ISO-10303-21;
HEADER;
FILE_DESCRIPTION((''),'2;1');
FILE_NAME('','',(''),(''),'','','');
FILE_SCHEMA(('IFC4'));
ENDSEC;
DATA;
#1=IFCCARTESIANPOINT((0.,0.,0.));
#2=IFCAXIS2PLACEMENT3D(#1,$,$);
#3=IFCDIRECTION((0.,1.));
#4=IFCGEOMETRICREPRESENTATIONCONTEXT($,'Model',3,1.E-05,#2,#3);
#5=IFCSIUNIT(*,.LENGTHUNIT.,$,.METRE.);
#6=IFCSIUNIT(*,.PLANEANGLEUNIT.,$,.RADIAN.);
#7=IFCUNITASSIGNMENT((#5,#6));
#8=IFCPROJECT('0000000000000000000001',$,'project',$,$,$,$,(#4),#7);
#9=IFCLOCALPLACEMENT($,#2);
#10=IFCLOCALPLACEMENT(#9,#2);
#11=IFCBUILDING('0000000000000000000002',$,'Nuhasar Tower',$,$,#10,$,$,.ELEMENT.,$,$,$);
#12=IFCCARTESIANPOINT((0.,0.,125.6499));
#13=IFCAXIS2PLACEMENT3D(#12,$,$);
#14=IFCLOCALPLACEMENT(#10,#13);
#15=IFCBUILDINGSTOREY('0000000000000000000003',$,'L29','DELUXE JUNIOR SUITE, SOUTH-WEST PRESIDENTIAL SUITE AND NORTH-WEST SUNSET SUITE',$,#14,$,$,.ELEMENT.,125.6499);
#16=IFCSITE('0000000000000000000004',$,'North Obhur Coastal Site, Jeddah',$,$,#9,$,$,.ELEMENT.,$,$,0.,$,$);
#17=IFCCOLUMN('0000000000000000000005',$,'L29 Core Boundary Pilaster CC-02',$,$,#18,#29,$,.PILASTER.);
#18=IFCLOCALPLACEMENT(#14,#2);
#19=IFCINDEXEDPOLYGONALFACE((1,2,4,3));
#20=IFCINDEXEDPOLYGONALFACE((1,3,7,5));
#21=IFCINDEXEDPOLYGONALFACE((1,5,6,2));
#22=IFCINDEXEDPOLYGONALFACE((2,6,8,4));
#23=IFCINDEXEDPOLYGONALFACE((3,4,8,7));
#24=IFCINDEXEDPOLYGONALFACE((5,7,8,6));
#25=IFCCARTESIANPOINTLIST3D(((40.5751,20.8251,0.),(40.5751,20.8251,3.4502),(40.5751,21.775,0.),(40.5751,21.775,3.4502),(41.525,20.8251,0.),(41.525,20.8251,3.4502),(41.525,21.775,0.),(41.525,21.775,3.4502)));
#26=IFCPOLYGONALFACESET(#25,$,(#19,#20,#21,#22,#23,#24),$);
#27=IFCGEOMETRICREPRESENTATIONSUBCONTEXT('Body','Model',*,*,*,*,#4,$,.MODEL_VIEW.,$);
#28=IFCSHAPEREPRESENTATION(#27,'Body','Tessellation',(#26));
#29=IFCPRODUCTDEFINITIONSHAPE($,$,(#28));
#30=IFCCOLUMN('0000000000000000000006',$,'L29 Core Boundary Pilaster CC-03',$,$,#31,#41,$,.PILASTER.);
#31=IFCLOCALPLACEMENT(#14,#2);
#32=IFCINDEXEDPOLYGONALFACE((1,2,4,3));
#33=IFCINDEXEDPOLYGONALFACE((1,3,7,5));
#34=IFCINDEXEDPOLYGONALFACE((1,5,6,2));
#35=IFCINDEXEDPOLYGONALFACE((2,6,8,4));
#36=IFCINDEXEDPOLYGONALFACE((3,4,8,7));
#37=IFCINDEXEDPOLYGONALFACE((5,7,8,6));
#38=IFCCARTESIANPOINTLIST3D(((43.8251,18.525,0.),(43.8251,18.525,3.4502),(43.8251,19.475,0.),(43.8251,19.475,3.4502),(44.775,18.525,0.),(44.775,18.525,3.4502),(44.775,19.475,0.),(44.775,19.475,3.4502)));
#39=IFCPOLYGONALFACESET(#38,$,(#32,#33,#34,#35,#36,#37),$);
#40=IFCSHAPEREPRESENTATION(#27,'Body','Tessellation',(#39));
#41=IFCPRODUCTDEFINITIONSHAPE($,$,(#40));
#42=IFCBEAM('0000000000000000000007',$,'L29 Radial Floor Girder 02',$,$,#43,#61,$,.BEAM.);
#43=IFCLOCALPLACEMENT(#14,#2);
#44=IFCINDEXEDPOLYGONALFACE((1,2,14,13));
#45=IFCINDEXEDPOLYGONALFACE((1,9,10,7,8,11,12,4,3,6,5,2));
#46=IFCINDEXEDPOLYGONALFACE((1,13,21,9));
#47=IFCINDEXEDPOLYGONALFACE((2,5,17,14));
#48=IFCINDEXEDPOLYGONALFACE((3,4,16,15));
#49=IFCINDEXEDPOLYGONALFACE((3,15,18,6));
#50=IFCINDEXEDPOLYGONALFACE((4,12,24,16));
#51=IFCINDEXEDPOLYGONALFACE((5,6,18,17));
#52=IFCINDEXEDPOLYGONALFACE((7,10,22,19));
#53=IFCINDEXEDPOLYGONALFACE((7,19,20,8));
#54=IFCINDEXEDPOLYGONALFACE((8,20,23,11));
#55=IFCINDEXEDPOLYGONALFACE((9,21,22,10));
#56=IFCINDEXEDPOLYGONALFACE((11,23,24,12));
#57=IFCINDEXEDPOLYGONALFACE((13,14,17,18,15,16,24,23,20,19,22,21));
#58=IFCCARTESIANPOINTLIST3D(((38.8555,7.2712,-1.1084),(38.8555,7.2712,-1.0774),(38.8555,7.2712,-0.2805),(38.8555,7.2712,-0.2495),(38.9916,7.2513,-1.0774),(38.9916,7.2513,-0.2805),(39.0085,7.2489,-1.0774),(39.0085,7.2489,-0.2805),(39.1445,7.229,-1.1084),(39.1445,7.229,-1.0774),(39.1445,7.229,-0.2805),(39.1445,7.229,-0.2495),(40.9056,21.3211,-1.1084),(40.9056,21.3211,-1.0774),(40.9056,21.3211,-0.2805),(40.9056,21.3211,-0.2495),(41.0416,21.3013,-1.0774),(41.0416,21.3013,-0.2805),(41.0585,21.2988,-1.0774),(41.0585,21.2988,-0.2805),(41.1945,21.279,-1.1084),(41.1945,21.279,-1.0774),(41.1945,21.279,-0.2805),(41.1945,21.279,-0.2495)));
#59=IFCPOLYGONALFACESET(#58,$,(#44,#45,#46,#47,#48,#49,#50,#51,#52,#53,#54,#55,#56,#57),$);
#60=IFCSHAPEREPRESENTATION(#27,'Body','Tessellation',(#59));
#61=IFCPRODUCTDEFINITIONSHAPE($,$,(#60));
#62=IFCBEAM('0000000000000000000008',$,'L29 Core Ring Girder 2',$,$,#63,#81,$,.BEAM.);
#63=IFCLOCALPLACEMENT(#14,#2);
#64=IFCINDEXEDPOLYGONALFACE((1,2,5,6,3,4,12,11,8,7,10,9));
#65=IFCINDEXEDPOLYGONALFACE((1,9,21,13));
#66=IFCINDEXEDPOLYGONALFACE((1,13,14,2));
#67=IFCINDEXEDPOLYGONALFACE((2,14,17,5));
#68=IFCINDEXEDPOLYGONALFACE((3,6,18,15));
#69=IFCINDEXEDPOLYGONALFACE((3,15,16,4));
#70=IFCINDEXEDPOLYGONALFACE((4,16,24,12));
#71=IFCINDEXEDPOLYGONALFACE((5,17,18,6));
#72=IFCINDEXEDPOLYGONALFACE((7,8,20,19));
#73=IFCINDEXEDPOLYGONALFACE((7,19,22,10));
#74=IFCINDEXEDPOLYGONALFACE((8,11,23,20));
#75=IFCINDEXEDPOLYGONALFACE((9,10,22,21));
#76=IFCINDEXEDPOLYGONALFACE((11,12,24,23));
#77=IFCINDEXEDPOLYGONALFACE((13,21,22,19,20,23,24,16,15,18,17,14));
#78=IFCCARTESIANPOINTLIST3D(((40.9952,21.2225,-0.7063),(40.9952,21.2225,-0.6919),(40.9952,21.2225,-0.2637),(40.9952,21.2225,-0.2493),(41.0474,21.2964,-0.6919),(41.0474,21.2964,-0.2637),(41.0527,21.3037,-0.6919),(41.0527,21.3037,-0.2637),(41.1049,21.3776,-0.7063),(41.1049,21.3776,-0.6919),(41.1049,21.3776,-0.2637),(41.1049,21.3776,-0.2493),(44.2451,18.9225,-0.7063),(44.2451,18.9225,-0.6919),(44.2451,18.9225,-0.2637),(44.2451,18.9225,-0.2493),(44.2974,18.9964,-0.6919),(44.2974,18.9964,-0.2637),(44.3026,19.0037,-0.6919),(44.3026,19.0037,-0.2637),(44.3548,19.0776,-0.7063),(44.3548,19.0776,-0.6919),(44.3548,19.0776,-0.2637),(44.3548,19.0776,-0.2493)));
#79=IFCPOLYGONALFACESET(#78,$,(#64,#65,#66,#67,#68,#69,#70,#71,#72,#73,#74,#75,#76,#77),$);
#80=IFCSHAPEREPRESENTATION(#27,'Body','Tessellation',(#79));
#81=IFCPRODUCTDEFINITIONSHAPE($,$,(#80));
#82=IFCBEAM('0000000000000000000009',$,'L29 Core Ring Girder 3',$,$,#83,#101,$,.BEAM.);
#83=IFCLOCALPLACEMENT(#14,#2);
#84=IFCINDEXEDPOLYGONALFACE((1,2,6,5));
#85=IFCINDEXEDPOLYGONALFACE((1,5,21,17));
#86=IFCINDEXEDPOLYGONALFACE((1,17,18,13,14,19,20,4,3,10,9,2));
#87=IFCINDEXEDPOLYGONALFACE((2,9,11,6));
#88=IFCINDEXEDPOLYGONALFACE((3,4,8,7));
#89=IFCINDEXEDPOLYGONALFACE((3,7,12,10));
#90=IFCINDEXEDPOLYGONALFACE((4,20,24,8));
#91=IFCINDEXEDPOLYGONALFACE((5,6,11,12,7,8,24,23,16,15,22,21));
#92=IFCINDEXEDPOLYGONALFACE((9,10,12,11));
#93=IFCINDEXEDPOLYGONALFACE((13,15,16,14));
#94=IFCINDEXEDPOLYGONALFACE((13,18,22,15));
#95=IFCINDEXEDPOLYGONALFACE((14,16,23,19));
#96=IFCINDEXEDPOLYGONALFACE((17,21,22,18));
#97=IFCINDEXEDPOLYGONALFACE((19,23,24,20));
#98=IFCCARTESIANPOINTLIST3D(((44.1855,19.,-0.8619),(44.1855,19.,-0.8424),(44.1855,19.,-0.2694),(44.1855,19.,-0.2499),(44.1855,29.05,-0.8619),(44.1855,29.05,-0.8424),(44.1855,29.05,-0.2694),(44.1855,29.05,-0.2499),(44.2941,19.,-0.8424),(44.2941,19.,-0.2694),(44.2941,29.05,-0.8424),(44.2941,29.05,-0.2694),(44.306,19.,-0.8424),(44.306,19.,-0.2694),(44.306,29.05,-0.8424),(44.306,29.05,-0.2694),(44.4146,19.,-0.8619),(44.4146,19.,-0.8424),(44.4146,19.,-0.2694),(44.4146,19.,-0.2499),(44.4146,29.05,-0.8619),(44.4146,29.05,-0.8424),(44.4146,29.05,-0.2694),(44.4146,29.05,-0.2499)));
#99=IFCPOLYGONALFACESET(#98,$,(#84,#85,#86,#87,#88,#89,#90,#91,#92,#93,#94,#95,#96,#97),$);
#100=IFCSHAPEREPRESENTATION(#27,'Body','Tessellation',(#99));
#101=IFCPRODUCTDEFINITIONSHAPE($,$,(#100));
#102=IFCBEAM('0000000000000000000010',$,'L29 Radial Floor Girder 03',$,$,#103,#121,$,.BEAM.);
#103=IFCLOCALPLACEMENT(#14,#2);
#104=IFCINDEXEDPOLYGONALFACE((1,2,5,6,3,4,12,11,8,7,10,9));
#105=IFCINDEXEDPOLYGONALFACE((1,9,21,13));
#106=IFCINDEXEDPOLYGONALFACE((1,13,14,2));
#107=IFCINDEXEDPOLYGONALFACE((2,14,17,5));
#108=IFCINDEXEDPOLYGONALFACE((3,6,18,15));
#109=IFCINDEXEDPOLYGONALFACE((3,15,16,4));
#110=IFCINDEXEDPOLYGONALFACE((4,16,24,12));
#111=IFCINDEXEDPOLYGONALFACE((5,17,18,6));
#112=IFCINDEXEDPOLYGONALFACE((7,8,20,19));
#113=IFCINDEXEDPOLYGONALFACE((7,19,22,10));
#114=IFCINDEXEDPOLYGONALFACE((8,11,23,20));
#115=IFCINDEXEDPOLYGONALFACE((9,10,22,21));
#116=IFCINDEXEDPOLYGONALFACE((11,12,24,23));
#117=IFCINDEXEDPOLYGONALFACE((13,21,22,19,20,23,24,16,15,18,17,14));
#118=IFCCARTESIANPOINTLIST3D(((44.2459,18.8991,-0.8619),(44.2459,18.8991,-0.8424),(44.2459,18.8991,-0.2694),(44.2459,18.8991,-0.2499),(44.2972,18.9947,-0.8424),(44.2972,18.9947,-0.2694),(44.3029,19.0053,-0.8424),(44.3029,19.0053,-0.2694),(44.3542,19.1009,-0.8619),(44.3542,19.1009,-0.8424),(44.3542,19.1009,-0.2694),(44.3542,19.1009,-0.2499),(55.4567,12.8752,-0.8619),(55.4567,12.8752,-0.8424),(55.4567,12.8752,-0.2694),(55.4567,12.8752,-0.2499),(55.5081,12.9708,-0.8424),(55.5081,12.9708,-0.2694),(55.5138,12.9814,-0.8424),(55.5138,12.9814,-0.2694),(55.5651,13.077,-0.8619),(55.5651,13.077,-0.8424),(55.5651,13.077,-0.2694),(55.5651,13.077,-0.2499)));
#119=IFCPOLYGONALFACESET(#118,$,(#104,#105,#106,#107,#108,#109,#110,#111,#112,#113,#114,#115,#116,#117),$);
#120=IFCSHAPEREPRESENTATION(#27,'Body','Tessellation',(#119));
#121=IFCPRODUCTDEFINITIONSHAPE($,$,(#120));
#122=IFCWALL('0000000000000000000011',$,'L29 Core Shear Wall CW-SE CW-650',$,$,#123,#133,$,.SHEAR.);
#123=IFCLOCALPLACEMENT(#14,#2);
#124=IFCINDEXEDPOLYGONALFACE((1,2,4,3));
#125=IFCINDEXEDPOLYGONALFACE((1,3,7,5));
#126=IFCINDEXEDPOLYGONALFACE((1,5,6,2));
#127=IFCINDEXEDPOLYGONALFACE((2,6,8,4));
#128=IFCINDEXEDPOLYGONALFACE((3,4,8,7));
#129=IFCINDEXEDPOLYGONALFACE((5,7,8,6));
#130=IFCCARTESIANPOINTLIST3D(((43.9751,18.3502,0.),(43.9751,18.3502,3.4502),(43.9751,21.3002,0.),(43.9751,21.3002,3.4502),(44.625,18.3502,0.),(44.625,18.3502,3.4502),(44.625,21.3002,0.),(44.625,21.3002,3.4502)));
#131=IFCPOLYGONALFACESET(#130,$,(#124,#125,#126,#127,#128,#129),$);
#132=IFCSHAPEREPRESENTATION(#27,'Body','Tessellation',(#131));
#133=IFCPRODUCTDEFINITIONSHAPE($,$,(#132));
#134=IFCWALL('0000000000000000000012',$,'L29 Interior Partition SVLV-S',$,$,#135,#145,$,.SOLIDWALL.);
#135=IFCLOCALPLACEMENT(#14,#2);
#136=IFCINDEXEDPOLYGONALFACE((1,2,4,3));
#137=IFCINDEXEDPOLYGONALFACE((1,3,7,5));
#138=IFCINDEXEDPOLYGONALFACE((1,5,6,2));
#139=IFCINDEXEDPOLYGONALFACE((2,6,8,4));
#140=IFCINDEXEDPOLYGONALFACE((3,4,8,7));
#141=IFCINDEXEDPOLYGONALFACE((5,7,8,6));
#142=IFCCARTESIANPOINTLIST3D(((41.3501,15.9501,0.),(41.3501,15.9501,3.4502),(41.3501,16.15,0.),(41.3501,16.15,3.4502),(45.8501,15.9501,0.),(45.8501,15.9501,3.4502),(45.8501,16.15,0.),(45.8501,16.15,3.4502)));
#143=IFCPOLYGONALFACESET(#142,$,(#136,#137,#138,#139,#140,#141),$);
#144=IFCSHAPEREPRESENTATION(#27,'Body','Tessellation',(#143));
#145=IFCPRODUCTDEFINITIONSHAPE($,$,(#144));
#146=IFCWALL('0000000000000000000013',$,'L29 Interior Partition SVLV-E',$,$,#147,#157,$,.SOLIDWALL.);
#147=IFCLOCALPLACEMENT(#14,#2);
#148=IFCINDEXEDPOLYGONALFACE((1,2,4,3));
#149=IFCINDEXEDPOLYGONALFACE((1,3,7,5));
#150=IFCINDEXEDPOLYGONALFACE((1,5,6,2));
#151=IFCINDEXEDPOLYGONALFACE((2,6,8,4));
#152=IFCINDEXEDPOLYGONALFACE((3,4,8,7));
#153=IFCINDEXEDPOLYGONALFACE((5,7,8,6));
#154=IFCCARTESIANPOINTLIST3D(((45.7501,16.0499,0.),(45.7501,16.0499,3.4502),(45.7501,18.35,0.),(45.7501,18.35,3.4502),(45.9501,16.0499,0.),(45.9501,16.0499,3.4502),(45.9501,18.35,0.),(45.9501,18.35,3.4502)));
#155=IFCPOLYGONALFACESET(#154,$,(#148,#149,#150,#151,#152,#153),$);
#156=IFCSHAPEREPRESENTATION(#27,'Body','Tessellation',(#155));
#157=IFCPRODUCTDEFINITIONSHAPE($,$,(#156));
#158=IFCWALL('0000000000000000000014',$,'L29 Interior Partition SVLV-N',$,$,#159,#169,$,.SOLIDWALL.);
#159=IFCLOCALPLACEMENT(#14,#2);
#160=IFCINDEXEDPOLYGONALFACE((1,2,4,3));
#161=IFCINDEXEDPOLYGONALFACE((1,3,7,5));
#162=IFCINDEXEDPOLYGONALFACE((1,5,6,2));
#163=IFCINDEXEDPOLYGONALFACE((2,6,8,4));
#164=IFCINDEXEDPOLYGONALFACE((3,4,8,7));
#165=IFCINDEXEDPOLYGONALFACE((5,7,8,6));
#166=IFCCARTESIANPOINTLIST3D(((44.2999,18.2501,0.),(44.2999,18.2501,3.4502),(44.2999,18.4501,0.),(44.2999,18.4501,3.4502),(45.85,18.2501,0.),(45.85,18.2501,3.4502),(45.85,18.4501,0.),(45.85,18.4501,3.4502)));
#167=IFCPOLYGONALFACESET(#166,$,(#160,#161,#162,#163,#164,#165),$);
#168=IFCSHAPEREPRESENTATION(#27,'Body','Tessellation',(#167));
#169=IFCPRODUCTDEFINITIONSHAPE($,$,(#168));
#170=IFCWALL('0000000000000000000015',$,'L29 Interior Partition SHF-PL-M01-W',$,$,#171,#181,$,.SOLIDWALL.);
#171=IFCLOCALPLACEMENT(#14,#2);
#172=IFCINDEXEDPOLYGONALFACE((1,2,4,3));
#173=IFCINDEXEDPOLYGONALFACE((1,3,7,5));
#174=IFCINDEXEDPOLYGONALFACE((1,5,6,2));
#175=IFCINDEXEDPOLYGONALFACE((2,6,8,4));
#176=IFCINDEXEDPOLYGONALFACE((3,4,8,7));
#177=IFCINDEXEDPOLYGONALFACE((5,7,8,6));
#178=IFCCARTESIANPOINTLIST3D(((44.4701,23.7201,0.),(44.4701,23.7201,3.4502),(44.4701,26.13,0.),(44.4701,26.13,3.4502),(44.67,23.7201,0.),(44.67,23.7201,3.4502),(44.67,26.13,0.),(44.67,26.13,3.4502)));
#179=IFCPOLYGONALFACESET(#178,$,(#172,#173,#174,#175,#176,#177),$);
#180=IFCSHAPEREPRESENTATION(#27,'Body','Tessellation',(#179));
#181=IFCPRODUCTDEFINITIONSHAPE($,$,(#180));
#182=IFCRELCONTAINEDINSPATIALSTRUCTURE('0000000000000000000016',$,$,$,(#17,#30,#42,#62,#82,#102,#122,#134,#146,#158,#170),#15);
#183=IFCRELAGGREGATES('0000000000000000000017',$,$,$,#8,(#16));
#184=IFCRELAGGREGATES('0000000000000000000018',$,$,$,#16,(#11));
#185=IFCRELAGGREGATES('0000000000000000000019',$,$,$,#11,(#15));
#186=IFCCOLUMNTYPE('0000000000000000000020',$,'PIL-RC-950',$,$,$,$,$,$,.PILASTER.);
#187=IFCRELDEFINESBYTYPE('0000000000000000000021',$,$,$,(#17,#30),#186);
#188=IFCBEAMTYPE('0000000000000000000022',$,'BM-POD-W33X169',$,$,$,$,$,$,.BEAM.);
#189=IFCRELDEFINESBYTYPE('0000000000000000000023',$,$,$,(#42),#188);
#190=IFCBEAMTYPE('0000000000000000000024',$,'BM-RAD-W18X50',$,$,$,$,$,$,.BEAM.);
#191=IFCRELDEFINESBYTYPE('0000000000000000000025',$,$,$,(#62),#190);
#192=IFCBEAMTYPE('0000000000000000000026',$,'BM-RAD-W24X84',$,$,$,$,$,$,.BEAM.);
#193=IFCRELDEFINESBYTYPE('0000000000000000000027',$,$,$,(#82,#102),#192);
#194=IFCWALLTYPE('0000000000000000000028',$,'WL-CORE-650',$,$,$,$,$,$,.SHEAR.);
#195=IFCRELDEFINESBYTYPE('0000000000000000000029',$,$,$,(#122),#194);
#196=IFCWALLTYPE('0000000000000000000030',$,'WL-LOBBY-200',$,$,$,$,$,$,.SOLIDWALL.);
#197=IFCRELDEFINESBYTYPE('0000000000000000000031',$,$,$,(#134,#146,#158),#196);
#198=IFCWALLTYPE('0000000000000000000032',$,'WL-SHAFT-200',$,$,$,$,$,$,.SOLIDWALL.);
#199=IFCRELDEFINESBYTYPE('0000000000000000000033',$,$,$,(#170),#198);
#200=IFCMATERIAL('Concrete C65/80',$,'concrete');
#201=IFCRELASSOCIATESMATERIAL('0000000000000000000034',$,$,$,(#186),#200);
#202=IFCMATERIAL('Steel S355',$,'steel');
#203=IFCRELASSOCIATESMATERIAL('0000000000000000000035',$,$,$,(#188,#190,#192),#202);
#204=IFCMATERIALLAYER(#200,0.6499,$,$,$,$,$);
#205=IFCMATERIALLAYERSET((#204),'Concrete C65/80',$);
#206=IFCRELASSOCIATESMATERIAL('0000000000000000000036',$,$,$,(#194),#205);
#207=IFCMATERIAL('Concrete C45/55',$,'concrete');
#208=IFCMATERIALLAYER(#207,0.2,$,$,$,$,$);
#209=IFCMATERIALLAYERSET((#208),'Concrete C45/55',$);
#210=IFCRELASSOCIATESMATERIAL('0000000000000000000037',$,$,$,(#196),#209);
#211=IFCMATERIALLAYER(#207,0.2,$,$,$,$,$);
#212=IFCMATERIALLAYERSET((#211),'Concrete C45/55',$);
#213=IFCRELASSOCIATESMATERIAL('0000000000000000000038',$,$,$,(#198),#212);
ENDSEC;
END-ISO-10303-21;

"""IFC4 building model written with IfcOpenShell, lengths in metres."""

from ifc_helpers import new_model, si_unit, direction, frame, frame_2d, origin, origin_2d, place, context, subcontext, project, spatial, rectangle, i_section, extrude, material, layer, layer_set, material_profile, profile_set, type_object, element, save


model = new_model("IFC4")

# Units and contexts
model_context = context("Model", 3, precision=1e-05, world=origin(), true_north=direction((0.0, 1.0)))
body_context = subcontext(model_context, "Body", "Model", "MODEL_VIEW")
ifc_project = project(units=[si_unit("LENGTHUNIT", "METRE"), si_unit("PLANEANGLEUNIT", "RADIAN")], contexts=[model_context])

# Site, building, storey
site_placement = place(None, origin())
site = spatial("IfcSite", under=ifc_project, at=site_placement, Name="North Obhur Coastal Site, Jeddah", CompositionType="ELEMENT", RefElevation=0.0)
building_placement = place(site_placement, origin())
building = spatial("IfcBuilding", under=site, at=building_placement, Name="Nuhasar Tower", CompositionType="ELEMENT")
storey_placement = place(building_placement, frame((0.0, 0.0, 125.6499)))
storey = spatial("IfcBuildingStorey", under=building, at=storey_placement, Name="L29", Description="DELUXE JUNIOR SUITE, SOUTH-WEST PRESIDENTIAL SUITE AND NORTH-WEST SUNSET SUITE", CompositionType="ELEMENT", Elevation=125.6499)

# Columns
ifc_material_1 = material(Name="Concrete C65/80", Category="concrete")
ifc_material_profile_1 = material_profile(ifc_material_1, rectangle(XDim=0.95, YDim=0.95, at=origin_2d()), Name="RC950X950")
ifc_profile_set_1 = profile_set([ifc_material_profile_1], Name="Concrete C65/80")
column_type = type_object("IfcColumnType", Name="PIL-RC-950", PredefinedType="PILASTER", material=ifc_profile_set_1)
for number, where, z_axis, x_axis, name in (
    (1, (41.05, 21.3, 0.0), (0.0, 0.0, 1.0), (1.0, 0.0, 0.0), "L29 Core Boundary Pilaster CC-02"),
    (2, (44.3, 19.0, 0.0), (0.0, 0.0, 1.0), (1.0, 0.0, 0.0), "L29 Core Boundary Pilaster CC-03"),
):
    element("IfcColumn", number, at=place(storey_placement, frame(where, z_axis=z_axis, x_axis=x_axis)), inside=storey, type_object=column_type, Name=name, PredefinedType="PILASTER", context=body_context, shape_type="SweptSolid", body=[
        extrude(rectangle(XDim=0.95, YDim=0.95, at=origin_2d()), origin(), (0.0, 0.0, 1.0), 3.4502),
    ])

# Beams
ifc_material_2 = material(Name="Steel S355", Category="steel")
ifc_material_profile_2 = material_profile(ifc_material_2, i_section(OverallWidth=0.292, OverallDepth=0.8589, WebThickness=0.0171, FlangeThickness=0.031, at=origin_2d()), Name="W33X169")
ifc_profile_set_2 = profile_set([ifc_material_profile_2], Name="Steel S355")
beam_type_1 = type_object("IfcBeamType", Name="BM-POD-W33X169", PredefinedType="BEAM", material=ifc_profile_set_2)
beam_1_placement = place(storey_placement, frame((41.05, 21.3, -0.679), z_axis=(-0.144382, -0.989522, 0.0), x_axis=(0.989522, -0.144382, 0.0)))
element("IfcBeam", 3, at=beam_1_placement, inside=storey, type_object=beam_type_1, Name="L29 Radial Floor Girder 02", PredefinedType="BEAM", context=body_context, shape_type="SweptSolid", body=[
    extrude(i_section(OverallWidth=0.292, OverallDepth=0.8589, WebThickness=0.0171, FlangeThickness=0.031, at=origin_2d()), origin(), (0.0, 0.0, 1.0), 14.1987),
])
ifc_material_profile_3 = material_profile(ifc_material_2, i_section(OverallWidth=0.1899, OverallDepth=0.457, WebThickness=0.009, FlangeThickness=0.0144, at=origin_2d()), Name="W18X50")
ifc_profile_set_3 = profile_set([ifc_material_profile_3], Name="Steel S355")
beam_type_2 = type_object("IfcBeamType", Name="BM-RAD-W18X50", PredefinedType="BEAM", material=ifc_profile_set_3)
beam_2_placement = place(storey_placement, frame((41.05, 21.3, -0.4778), z_axis=(0.816265, -0.577677, 0.0), x_axis=(0.577677, 0.816265, 0.0)))
element("IfcBeam", 4, at=beam_2_placement, inside=storey, type_object=beam_type_2, Name="L29 Core Ring Girder 2", PredefinedType="BEAM", context=body_context, shape_type="SweptSolid", body=[
    extrude(i_section(OverallWidth=0.1899, OverallDepth=0.457, WebThickness=0.009, FlangeThickness=0.0144, at=origin_2d()), origin(), (0.0, 0.0, 1.0), 3.9814),
])
ifc_material_profile_4 = material_profile(ifc_material_2, i_section(OverallWidth=0.229, OverallDepth=0.6121, WebThickness=0.012, FlangeThickness=0.0195, at=origin_2d()), Name="W24X84")
ifc_profile_set_4 = profile_set([ifc_material_profile_4], Name="Steel S355")
beam_type_3 = type_object("IfcBeamType", Name="BM-RAD-W24X84", PredefinedType="BEAM", material=ifc_profile_set_4)
beam_3_placement = place(storey_placement, frame((44.3, 19.0, -0.5559), z_axis=(0.0, 1.0, 0.0), x_axis=(-1.0, 0.0, 0.0)))
element("IfcBeam", 5, at=beam_3_placement, inside=storey, type_object=beam_type_3, Name="L29 Core Ring Girder 3", PredefinedType="BEAM", context=body_context, shape_type="SweptSolid", body=[
    extrude(i_section(OverallWidth=0.229, OverallDepth=0.6121, WebThickness=0.012, FlangeThickness=0.0195, at=origin_2d()), origin(), (0.0, 0.0, 1.0), 10.05),
])
beam_4_placement = place(storey_placement, frame((44.3, 19.0, -0.5559), z_axis=(0.880888, -0.473324, 0.0), x_axis=(0.473324, 0.880888, 0.0)))
element("IfcBeam", 6, at=beam_4_placement, inside=storey, type_object=beam_type_3, Name="L29 Radial Floor Girder 03", PredefinedType="BEAM", context=body_context, shape_type="SweptSolid", body=[
    extrude(i_section(OverallWidth=0.229, OverallDepth=0.6121, WebThickness=0.012, FlangeThickness=0.0195, at=origin_2d()), origin(), (0.0, 0.0, 1.0), 12.7268),
])

# Wall
ifc_layer_1 = layer(ifc_material_1, 0.6499)
ifc_layer_set_1 = layer_set([ifc_layer_1], Name="Concrete C65/80")
wall_type_1 = type_object("IfcWallType", Name="WL-CORE-650", PredefinedType="SHEAR", material=ifc_layer_set_1)
wall_1_placement = place(storey_placement, frame((44.3, 18.3501, 0.0), z_axis=(0.0, 0.0, 1.0), x_axis=(0.0, 1.0, 0.0)))
element("IfcWall", 7, at=wall_1_placement, inside=storey, type_object=wall_type_1, Name="L29 Core Shear Wall CW-SE CW-650", PredefinedType="SHEAR", context=body_context, shape_type="SweptSolid", body=[
    extrude(rectangle(XDim=2.95, YDim=0.6499, at=frame_2d((1.4751, 0.0))), origin(), (0.0, 0.0, 1.0), 3.4502),
])

# Shared definitions
ifc_material_3 = material(Name="Concrete C45/55", Category="concrete")
ifc_layer_2 = layer(ifc_material_3, 0.2)
ifc_layer_set_2 = layer_set([ifc_layer_2], Name="Concrete C45/55")
wall_type_2 = type_object("IfcWallType", Name="WL-LOBBY-200", PredefinedType="SOLIDWALL", material=ifc_layer_set_2)

# Walls
wall_2_placement = place(storey_placement, frame((41.3501, 16.05, 0.0), z_axis=(0.0, 0.0, 1.0), x_axis=(1.0, 0.0, 0.0)))
element("IfcWall", 8, at=wall_2_placement, inside=storey, type_object=wall_type_2, Name="L29 Interior Partition SVLV-S", PredefinedType="SOLIDWALL", context=body_context, shape_type="SweptSolid", body=[
    extrude(rectangle(XDim=4.5, YDim=0.2, at=frame_2d((2.25, 0.0))), origin(), (0.0, 0.0, 1.0), 3.4502),
])
wall_3_placement = place(storey_placement, frame((45.8501, 16.05, 0.0), z_axis=(0.0, 0.0, 1.0), x_axis=(0.0, 1.0, 0.0)))
element("IfcWall", 9, at=wall_3_placement, inside=storey, type_object=wall_type_2, Name="L29 Interior Partition SVLV-E", PredefinedType="SOLIDWALL", context=body_context, shape_type="SweptSolid", body=[
    extrude(rectangle(XDim=2.3, YDim=0.2, at=frame_2d((1.1499, 0.0))), origin(), (0.0, 0.0, 1.0), 3.4502),
])
wall_4_placement = place(storey_placement, frame((44.3, 18.3501, 0.0), z_axis=(0.0, 0.0, 1.0), x_axis=(1.0, 0.0, 0.0)))
element("IfcWall", 10, at=wall_4_placement, inside=storey, type_object=wall_type_2, Name="L29 Interior Partition SVLV-N", PredefinedType="SOLIDWALL", context=body_context, shape_type="SweptSolid", body=[
    extrude(rectangle(XDim=1.55, YDim=0.2, at=frame_2d((0.7749, 0.0))), origin(), (0.0, 0.0, 1.0), 3.4502),
])

# Shared definitions
ifc_layer_3 = layer(ifc_material_3, 0.2)
ifc_layer_set_3 = layer_set([ifc_layer_3], Name="Concrete C45/55")
wall_type_3 = type_object("IfcWallType", Name="WL-SHAFT-200", PredefinedType="SOLIDWALL", material=ifc_layer_set_3)

# Wall
wall_5_placement = place(storey_placement, frame((44.5701, 23.72, 0.0), z_axis=(0.0, 0.0, 1.0), x_axis=(0.0, 1.0, 0.0)))
element("IfcWall", 11, at=wall_5_placement, inside=storey, type_object=wall_type_3, Name="L29 Interior Partition SHF-PL-M01-W", PredefinedType="SOLIDWALL", context=body_context, shape_type="SweptSolid", body=[
    extrude(rectangle(XDim=2.4099, YDim=0.2, at=frame_2d((1.2051, 0.0))), origin(), (0.0, 0.0, 1.0), 3.4502),
])

save(model, "model.ifc")
